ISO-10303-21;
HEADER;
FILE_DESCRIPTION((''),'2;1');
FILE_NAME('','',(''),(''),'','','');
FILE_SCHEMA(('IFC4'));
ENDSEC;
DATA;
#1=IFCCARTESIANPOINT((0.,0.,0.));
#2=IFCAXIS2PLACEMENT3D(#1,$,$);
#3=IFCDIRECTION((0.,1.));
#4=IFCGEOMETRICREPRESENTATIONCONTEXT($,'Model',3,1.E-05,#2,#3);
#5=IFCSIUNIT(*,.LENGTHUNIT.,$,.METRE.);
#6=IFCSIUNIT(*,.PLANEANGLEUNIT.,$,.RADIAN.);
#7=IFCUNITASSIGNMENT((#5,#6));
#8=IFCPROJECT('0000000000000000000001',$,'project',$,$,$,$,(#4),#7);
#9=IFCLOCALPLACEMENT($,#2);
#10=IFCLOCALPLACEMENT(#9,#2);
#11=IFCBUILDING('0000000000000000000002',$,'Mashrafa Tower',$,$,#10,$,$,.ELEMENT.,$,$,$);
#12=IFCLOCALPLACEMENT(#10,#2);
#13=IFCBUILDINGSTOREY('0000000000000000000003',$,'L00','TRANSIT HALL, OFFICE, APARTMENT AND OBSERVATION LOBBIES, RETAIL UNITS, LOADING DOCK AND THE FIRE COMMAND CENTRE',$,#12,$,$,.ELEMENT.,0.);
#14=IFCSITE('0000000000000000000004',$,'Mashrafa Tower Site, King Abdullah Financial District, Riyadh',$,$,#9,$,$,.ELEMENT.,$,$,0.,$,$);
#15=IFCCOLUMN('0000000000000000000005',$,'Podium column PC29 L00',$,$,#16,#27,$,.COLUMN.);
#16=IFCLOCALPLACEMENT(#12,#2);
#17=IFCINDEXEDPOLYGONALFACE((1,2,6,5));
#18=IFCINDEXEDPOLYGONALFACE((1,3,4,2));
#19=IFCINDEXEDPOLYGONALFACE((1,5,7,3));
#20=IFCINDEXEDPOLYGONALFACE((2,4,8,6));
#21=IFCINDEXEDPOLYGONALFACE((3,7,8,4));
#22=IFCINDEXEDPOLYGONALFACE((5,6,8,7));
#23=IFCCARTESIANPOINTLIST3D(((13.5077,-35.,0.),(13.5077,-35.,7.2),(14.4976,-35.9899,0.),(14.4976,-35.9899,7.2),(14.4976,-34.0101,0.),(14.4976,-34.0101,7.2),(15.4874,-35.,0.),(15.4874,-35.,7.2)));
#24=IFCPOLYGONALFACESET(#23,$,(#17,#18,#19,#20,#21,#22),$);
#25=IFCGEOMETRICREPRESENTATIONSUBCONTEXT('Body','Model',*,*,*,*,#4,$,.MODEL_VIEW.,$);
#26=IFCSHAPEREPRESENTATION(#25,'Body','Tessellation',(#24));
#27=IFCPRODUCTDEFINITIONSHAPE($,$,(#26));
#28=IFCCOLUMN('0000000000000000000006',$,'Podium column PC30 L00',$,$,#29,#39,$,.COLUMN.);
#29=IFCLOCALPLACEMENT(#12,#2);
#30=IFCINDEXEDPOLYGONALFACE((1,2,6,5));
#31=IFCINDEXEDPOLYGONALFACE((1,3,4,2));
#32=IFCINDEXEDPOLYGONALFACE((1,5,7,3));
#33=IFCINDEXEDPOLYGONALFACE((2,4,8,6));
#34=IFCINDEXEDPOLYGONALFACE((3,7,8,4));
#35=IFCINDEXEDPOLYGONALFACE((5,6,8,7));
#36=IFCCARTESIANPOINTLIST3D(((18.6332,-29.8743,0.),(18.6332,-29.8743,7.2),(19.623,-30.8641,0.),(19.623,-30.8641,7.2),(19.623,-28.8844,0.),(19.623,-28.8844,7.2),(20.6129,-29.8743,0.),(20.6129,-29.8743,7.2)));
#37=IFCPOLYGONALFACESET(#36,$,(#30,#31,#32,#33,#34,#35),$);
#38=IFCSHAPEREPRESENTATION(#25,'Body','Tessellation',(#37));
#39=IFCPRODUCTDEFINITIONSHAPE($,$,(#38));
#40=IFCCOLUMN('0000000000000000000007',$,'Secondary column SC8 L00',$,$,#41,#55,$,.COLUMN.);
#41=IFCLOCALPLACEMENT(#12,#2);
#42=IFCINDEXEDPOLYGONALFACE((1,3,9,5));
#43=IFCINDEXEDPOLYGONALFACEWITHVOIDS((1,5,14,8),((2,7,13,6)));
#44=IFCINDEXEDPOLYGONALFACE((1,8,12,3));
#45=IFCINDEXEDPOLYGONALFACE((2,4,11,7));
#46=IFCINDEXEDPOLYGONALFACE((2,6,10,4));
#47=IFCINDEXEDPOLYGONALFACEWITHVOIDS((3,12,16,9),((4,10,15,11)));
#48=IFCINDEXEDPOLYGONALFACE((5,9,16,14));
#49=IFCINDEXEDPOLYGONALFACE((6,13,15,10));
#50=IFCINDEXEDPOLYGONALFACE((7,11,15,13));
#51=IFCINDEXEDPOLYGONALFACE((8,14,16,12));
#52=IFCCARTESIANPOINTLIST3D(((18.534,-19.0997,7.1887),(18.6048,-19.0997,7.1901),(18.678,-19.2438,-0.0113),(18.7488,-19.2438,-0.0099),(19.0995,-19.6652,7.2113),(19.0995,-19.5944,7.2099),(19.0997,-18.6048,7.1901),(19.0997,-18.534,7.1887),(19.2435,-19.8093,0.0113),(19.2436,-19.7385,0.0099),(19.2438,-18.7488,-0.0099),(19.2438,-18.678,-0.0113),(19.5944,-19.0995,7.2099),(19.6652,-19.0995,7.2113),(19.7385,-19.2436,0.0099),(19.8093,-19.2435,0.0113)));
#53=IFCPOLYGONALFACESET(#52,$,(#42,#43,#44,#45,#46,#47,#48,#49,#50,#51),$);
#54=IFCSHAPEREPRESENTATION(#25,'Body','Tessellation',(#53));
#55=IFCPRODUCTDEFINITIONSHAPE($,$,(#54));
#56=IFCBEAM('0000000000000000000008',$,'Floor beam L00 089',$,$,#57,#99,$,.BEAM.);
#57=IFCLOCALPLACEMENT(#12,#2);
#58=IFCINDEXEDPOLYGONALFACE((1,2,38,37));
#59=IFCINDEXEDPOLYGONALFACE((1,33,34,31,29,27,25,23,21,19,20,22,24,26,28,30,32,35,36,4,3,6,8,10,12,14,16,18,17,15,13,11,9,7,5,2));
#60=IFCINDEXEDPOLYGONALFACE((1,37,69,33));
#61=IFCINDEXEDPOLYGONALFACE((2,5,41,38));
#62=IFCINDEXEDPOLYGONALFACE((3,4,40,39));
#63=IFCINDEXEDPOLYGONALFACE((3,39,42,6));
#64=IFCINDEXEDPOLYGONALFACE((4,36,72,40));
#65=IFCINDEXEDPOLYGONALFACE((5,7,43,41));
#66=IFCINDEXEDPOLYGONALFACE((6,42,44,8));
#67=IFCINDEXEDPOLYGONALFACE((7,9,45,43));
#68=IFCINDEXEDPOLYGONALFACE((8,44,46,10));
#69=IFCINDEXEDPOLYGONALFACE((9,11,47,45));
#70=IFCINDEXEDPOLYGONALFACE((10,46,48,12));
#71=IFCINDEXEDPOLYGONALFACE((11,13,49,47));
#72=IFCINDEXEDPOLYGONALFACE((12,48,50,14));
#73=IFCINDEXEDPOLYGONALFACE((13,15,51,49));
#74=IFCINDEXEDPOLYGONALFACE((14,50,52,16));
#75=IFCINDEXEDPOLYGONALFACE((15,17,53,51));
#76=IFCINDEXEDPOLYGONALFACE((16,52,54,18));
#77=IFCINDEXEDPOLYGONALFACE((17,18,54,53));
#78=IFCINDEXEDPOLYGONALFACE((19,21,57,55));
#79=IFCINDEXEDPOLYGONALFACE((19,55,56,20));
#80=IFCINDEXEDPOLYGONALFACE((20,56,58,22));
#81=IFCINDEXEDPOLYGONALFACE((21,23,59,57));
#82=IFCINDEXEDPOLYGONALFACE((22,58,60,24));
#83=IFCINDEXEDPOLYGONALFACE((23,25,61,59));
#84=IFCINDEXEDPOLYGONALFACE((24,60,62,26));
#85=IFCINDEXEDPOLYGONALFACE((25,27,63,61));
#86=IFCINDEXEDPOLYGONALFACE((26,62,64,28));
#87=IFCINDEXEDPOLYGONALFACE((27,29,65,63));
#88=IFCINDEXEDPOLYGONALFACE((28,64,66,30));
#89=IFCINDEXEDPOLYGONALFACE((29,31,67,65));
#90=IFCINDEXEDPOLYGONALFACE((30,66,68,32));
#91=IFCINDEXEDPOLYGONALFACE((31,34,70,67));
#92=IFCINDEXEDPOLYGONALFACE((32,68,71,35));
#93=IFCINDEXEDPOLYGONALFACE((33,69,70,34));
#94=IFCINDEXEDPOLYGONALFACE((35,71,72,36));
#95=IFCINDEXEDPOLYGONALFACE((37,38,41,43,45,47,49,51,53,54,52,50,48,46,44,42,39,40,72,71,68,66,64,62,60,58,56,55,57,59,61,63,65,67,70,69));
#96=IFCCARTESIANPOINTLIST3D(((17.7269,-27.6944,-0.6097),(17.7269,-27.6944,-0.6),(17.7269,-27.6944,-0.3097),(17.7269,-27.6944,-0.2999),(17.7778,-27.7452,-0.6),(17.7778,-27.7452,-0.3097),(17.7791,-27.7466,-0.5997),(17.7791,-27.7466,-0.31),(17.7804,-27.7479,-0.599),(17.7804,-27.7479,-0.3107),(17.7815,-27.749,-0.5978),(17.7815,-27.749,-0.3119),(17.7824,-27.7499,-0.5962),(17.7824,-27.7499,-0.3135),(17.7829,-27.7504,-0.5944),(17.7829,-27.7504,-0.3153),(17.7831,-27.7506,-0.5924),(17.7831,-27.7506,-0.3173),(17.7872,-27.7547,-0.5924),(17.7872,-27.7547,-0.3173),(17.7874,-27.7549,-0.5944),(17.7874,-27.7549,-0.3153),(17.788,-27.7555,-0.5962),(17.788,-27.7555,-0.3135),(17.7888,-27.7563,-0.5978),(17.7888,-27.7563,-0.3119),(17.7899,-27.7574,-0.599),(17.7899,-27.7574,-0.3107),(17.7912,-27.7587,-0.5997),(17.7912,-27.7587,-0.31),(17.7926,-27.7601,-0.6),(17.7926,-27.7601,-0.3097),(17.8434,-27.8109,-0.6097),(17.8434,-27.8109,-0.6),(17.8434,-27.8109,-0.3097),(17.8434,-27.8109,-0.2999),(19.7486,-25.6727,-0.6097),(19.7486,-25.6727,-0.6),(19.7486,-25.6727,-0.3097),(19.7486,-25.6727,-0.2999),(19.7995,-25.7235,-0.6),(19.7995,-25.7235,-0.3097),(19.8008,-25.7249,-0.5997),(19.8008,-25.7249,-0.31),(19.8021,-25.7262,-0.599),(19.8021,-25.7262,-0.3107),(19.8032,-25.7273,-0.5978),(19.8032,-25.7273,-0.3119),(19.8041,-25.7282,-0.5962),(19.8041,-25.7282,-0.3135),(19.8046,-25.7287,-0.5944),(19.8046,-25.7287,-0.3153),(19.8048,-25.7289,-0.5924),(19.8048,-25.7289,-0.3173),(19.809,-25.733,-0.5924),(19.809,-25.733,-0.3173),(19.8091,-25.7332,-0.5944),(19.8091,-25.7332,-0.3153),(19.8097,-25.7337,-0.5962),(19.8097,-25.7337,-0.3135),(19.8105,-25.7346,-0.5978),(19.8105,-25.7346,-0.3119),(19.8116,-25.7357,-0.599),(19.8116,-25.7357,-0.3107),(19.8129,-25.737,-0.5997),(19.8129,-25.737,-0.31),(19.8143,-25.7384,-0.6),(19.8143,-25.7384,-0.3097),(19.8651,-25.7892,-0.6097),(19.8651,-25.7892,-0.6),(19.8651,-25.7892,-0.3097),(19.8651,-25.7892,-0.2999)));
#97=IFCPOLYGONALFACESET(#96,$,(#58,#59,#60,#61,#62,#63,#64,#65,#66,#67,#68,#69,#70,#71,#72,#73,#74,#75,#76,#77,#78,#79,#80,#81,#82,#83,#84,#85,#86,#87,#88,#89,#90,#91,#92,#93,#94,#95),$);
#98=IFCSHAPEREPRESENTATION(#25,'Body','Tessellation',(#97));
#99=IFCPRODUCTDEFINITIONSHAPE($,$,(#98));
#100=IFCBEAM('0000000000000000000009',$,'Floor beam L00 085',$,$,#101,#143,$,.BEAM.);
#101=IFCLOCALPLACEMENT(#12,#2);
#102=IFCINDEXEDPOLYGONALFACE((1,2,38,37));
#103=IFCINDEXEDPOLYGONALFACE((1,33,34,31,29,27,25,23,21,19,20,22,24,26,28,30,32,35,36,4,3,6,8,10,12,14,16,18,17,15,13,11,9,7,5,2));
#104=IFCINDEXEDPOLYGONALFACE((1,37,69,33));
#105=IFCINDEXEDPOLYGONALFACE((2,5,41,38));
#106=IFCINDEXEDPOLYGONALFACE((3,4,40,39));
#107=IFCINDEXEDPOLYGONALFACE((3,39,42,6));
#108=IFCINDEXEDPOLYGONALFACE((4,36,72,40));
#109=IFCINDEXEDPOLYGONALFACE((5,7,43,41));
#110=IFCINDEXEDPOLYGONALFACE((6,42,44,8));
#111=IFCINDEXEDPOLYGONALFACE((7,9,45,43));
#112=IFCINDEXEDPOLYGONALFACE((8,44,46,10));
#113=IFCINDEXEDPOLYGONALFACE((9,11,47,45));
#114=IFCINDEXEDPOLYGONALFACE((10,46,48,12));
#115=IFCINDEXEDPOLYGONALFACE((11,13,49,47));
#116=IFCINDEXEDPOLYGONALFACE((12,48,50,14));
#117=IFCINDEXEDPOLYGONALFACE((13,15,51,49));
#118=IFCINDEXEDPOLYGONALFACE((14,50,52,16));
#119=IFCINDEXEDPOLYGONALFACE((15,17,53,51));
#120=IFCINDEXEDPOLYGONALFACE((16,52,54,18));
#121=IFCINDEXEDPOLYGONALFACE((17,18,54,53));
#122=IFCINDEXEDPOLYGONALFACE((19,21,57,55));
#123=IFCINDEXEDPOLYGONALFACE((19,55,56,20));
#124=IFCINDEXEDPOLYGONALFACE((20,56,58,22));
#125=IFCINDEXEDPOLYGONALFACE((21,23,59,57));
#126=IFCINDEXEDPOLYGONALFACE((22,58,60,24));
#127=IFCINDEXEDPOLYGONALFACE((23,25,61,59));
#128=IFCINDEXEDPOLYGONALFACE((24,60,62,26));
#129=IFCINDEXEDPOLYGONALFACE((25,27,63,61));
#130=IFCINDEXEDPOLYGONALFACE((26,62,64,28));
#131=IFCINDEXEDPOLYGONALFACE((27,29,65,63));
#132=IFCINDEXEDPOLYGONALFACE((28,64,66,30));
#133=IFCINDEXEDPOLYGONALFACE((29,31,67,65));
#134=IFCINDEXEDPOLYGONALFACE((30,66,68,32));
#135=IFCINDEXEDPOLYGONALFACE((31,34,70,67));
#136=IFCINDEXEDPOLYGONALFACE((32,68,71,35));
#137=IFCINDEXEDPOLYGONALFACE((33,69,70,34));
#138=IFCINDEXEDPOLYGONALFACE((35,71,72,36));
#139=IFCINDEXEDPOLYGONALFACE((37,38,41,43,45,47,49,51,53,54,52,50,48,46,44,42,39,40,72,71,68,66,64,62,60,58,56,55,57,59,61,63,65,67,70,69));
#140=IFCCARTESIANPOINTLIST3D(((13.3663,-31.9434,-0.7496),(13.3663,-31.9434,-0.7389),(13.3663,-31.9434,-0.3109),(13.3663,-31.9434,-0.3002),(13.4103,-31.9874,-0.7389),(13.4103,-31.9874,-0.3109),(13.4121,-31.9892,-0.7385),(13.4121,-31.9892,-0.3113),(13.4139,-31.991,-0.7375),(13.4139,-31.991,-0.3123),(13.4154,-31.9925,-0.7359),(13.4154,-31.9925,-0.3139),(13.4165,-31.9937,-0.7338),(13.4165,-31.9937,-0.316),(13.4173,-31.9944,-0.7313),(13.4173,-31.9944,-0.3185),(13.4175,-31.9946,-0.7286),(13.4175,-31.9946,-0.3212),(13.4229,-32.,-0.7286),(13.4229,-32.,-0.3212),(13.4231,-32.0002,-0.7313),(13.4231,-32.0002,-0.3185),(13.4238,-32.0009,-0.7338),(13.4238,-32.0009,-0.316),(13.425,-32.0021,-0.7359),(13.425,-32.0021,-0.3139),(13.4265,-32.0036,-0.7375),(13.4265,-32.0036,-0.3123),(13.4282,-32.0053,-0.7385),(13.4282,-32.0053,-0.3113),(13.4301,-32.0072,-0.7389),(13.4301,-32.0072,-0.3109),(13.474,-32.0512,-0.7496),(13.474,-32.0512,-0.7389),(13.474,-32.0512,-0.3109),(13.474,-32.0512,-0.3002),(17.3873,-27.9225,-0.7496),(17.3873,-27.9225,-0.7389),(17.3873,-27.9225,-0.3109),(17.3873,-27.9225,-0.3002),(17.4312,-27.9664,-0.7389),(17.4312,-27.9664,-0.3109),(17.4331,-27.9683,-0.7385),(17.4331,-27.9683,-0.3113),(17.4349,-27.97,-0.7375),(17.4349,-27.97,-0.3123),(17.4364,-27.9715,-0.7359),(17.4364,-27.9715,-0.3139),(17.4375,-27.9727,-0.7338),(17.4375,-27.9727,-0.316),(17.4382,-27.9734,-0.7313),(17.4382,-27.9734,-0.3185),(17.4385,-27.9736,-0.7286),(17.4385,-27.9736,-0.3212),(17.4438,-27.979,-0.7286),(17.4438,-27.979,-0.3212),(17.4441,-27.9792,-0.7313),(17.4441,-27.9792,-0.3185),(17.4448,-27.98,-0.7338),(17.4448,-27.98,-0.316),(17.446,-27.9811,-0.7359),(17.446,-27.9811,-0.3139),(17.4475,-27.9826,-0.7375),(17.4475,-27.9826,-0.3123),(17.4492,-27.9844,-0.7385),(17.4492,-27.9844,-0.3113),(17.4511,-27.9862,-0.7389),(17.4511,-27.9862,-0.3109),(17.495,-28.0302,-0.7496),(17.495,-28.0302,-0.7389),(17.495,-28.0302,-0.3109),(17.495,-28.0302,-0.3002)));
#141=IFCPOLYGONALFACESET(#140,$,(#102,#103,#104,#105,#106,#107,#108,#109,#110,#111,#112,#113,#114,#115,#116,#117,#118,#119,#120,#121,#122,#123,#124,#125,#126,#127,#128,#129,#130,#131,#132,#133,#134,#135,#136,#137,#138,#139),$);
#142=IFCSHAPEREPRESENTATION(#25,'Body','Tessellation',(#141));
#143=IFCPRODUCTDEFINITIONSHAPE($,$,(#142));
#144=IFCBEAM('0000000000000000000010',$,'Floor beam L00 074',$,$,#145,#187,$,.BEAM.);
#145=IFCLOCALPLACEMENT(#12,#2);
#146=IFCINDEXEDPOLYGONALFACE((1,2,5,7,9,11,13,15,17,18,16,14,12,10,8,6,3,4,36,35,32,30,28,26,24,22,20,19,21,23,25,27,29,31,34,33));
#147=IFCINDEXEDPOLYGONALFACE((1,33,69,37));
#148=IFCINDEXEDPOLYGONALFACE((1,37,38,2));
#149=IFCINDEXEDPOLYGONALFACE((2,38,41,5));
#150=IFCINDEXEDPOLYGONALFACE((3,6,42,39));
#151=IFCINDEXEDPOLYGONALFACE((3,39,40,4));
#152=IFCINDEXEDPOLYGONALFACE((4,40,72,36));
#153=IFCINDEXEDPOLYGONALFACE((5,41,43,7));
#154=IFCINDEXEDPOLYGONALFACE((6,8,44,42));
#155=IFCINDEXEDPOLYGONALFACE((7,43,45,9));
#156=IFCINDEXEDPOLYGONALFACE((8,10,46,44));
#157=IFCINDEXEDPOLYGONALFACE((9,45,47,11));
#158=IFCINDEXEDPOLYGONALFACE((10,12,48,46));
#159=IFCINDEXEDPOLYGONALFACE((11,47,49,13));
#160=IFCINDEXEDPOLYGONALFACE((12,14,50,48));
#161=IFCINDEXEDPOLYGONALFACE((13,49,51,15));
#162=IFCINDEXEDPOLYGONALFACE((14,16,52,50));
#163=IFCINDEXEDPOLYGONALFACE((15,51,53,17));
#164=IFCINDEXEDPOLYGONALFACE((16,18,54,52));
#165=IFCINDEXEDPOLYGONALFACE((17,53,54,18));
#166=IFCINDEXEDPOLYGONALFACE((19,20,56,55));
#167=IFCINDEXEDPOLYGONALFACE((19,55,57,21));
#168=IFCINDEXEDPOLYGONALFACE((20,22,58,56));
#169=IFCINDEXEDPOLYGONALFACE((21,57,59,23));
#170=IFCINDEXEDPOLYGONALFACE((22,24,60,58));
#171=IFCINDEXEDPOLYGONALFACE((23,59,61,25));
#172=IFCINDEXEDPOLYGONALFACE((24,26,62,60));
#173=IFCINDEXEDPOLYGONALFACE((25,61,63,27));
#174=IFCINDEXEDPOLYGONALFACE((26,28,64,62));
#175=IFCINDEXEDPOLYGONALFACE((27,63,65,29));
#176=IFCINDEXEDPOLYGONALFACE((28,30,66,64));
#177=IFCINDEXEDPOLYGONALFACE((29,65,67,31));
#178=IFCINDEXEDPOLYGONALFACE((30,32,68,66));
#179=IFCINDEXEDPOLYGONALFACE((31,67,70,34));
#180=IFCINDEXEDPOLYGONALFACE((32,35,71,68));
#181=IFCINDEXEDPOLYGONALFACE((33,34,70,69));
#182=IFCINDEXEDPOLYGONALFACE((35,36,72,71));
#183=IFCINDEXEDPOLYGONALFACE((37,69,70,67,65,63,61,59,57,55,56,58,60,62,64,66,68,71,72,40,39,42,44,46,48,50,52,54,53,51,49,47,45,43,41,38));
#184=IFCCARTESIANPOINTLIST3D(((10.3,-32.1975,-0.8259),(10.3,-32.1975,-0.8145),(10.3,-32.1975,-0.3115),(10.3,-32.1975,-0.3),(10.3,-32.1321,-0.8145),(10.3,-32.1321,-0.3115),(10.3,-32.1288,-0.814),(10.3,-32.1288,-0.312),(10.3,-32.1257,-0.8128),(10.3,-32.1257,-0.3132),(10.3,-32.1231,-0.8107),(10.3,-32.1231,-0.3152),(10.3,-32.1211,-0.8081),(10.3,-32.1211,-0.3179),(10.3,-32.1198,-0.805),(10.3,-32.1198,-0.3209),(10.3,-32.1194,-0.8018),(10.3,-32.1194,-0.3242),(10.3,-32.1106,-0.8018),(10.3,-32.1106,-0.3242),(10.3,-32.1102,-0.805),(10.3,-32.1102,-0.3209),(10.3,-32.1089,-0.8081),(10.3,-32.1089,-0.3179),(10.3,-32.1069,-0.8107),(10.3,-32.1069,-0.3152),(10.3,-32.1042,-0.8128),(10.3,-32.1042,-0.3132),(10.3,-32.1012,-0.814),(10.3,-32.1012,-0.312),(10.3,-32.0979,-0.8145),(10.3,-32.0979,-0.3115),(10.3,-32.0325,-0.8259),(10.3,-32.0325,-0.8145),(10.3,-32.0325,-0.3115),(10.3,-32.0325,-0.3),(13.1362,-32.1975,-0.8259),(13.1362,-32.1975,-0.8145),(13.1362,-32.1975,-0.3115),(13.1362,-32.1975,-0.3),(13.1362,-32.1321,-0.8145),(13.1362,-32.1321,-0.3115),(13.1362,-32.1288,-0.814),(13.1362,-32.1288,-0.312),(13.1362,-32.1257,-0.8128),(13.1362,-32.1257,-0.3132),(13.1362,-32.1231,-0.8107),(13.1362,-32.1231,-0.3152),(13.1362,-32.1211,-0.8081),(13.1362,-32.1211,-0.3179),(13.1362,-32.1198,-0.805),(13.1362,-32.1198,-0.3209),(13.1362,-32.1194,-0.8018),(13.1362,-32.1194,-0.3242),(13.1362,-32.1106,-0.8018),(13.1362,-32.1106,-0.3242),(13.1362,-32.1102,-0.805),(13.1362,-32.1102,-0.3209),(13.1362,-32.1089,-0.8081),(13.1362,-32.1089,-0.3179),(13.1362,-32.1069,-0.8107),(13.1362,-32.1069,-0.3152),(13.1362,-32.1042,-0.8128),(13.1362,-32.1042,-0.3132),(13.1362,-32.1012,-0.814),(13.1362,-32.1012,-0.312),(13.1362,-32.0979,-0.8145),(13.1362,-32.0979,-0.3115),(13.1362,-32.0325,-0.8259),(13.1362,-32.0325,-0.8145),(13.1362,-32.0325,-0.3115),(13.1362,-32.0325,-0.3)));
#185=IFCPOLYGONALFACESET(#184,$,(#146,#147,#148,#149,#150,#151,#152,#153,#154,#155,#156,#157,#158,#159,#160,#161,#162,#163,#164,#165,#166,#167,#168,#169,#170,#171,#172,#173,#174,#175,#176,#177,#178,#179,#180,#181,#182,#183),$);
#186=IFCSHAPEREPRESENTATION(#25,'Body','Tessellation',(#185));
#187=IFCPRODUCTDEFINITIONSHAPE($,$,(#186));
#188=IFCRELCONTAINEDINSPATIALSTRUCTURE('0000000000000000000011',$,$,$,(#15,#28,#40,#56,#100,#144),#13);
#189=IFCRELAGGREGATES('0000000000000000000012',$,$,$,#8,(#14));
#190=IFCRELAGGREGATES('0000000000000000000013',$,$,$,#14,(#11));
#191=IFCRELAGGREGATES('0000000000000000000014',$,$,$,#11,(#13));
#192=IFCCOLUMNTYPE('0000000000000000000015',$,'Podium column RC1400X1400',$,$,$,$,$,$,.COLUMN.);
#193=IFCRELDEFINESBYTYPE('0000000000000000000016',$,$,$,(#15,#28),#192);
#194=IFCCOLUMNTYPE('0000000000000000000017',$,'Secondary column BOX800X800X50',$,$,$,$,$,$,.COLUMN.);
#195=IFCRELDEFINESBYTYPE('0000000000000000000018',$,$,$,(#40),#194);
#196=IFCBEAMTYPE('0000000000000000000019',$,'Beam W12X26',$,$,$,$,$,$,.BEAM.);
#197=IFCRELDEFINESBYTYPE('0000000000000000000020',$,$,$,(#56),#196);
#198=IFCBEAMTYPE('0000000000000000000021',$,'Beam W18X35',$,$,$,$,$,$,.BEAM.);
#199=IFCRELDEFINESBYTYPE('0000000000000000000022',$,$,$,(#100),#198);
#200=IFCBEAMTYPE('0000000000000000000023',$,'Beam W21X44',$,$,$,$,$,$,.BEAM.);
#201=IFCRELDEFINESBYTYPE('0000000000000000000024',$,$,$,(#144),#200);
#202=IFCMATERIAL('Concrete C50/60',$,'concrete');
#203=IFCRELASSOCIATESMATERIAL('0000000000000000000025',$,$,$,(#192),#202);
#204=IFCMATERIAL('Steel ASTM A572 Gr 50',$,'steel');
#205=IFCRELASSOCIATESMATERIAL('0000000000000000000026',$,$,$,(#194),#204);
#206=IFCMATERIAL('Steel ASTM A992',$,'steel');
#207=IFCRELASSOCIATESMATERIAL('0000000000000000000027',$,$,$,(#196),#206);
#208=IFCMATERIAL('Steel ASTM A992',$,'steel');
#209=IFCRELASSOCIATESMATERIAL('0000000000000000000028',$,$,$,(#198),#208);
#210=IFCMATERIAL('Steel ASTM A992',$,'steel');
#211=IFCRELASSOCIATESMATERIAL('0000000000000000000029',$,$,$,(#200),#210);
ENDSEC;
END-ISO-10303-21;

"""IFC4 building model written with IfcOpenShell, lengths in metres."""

from ifc_helpers import new_model, si_unit, direction, frame, origin, origin_2d, place, context, subcontext, project, spatial, rectangle, hollow_rectangle, i_section, extrude, material, material_profile, profile_set, type_object, element, save


model = new_model("IFC4")

# Units and contexts
model_context = context("Model", 3, precision=1e-05, world=origin(), true_north=direction((0.0, 1.0)))
body_context = subcontext(model_context, "Body", "Model", "MODEL_VIEW")
ifc_project = project(units=[si_unit("LENGTHUNIT", "METRE"), si_unit("PLANEANGLEUNIT", "RADIAN")], contexts=[model_context])

# Site, building, storey
site_placement = place(None, origin())
site = spatial("IfcSite", under=ifc_project, at=site_placement, Name="Mashrafa Tower Site, King Abdullah Financial District, Riyadh", CompositionType="ELEMENT", RefElevation=0.0)
building_placement = place(site_placement, origin())
building = spatial("IfcBuilding", under=site, at=building_placement, Name="Mashrafa Tower", CompositionType="ELEMENT")
storey_placement = place(building_placement, origin())
storey = spatial("IfcBuildingStorey", under=building, at=storey_placement, Name="L00", Description="TRANSIT HALL, OFFICE, APARTMENT AND OBSERVATION LOBBIES, RETAIL UNITS, LOADING DOCK AND THE FIRE COMMAND CENTRE", CompositionType="ELEMENT", Elevation=0.0)

# Columns
ifc_material_1 = material(Name="Concrete C50/60", Category="concrete")
ifc_material_profile_1 = material_profile(ifc_material_1, rectangle(XDim=1.3999, YDim=1.3999, at=origin_2d()), Name="RC1400X1400")
ifc_profile_set_1 = profile_set([ifc_material_profile_1], Name="Concrete C50/60")
column_type_1 = type_object("IfcColumnType", Name="Podium column RC1400X1400", PredefinedType="COLUMN", material=ifc_profile_set_1)
for number, where, z_axis, x_axis, name in (
    (1, (14.4976, -35.0, 0.0), (0.0, 0.0, 1.0), (0.707107, 0.707107, 0.0), "Podium column PC29 L00"),
    (2, (19.623, -29.8743, 0.0), (0.0, 0.0, 1.0), (0.707107, 0.707107, 0.0), "Podium column PC30 L00"),
):
    element("IfcColumn", number, at=place(storey_placement, frame(where, z_axis=z_axis, x_axis=x_axis)), inside=storey, type_object=column_type_1, Name=name, PredefinedType="COLUMN", context=body_context, shape_type="SweptSolid", body=[
        extrude(rectangle(XDim=1.3999, YDim=1.3999, at=origin_2d()), origin(), (0.0, 0.0, 1.0), 7.2),
    ])
ifc_material_2 = material(Name="Steel ASTM A572 Gr 50", Category="steel")
ifc_material_profile_2 = material_profile(ifc_material_2, hollow_rectangle(XDim=0.8, YDim=0.8, WallThickness=0.05, at=origin_2d()), Name="BOX800X800X50")
ifc_profile_set_2 = profile_set([ifc_material_profile_2], Name="Steel ASTM A572 Gr 50")
column_type_2 = type_object("IfcColumnType", Name="Secondary column BOX800X800X50", PredefinedType="COLUMN", material=ifc_profile_set_2)
column_placement = place(storey_placement, frame((19.2437, -19.2437, 0.0), z_axis=(-0.019998, 0.019998, 0.9996), x_axis=(-0.707107, -0.707107, 0.0)))
element("IfcColumn", 3, at=column_placement, inside=storey, type_object=column_type_2, Name="Secondary column SC8 L00", PredefinedType="COLUMN", context=body_context, shape_type="SweptSolid", body=[
    extrude(hollow_rectangle(XDim=0.8, YDim=0.8, WallThickness=0.05, at=origin_2d()), origin(), (0.0, 0.0, 1.0), 7.2029),
])

# Beams
ifc_material_3 = material(Name="Steel ASTM A992", Category="steel")
ifc_material_profile_3 = material_profile(ifc_material_3, i_section(OverallWidth=0.1648, OverallDepth=0.3098, WebThickness=0.0059, FlangeThickness=0.0098, FilletRadius=0.0076, at=origin_2d()), Name="W12X26")
ifc_profile_set_3 = profile_set([ifc_material_profile_3], Name="Steel ASTM A992")
beam_type_1 = type_object("IfcBeamType", Name="Beam W12X26", PredefinedType="BEAM", material=ifc_profile_set_3)
beam_1_placement = place(storey_placement, frame((19.8069, -25.731, -0.4548), z_axis=(-0.707107, -0.707107, 0.0), x_axis=(0.707107, -0.707107, 0.0)))
element("IfcBeam", 4, at=beam_1_placement, inside=storey, type_object=beam_type_1, Name="Floor beam L00 089", PredefinedType="BEAM", context=body_context, shape_type="SweptSolid", body=[
    extrude(i_section(OverallWidth=0.1648, OverallDepth=0.3098, WebThickness=0.0059, FlangeThickness=0.0098, FilletRadius=0.0076, at=origin_2d()), origin(), (0.0, 0.0, 1.0), 2.8591),
])
ifc_material_4 = material(Name="Steel ASTM A992", Category="steel")
ifc_material_profile_4 = material_profile(ifc_material_4, i_section(OverallWidth=0.1523, OverallDepth=0.4495, WebThickness=0.0076, FlangeThickness=0.0107, FilletRadius=0.0103, at=origin_2d()), Name="W18X35")
ifc_profile_set_4 = profile_set([ifc_material_profile_4], Name="Steel ASTM A992")
beam_type_2 = type_object("IfcBeamType", Name="Beam W18X35", PredefinedType="BEAM", material=ifc_profile_set_4)
beam_2_placement = place(storey_placement, frame((17.4412, -27.9763, -0.5249), z_axis=(-0.707107, -0.707107, 0.0), x_axis=(0.707107, -0.707107, 0.0)))
element("IfcBeam", 5, at=beam_2_placement, inside=storey, type_object=beam_type_2, Name="Floor beam L00 085", PredefinedType="BEAM", context=body_context, shape_type="SweptSolid", body=[
    extrude(i_section(OverallWidth=0.1523, OverallDepth=0.4495, WebThickness=0.0076, FlangeThickness=0.0107, FilletRadius=0.0103, at=origin_2d()), origin(), (0.0, 0.0, 1.0), 5.6865),
])
ifc_material_5 = material(Name="Steel ASTM A992", Category="steel")
ifc_material_profile_5 = material_profile(ifc_material_5, i_section(OverallWidth=0.165, OverallDepth=0.5259, WebThickness=0.0088, FlangeThickness=0.0115, FilletRadius=0.0127, at=origin_2d()), Name="W21X44")
ifc_profile_set_5 = profile_set([ifc_material_profile_5], Name="Steel ASTM A992")
beam_type_3 = type_object("IfcBeamType", Name="Beam W21X44", PredefinedType="BEAM", material=ifc_profile_set_5)
beam_3_placement = place(storey_placement, frame((13.1362, -32.115, -0.563), z_axis=(-1.0, 0.0, 0.0), x_axis=(0.0, -1.0, 0.0)))
element("IfcBeam", 6, at=beam_3_placement, inside=storey, type_object=beam_type_3, Name="Floor beam L00 074", PredefinedType="BEAM", context=body_context, shape_type="SweptSolid", body=[
    extrude(i_section(OverallWidth=0.165, OverallDepth=0.5259, WebThickness=0.0088, FlangeThickness=0.0115, FilletRadius=0.0127, at=origin_2d()), origin(), (0.0, 0.0, 1.0), 2.8362),
])

save(model, "model.ifc")
